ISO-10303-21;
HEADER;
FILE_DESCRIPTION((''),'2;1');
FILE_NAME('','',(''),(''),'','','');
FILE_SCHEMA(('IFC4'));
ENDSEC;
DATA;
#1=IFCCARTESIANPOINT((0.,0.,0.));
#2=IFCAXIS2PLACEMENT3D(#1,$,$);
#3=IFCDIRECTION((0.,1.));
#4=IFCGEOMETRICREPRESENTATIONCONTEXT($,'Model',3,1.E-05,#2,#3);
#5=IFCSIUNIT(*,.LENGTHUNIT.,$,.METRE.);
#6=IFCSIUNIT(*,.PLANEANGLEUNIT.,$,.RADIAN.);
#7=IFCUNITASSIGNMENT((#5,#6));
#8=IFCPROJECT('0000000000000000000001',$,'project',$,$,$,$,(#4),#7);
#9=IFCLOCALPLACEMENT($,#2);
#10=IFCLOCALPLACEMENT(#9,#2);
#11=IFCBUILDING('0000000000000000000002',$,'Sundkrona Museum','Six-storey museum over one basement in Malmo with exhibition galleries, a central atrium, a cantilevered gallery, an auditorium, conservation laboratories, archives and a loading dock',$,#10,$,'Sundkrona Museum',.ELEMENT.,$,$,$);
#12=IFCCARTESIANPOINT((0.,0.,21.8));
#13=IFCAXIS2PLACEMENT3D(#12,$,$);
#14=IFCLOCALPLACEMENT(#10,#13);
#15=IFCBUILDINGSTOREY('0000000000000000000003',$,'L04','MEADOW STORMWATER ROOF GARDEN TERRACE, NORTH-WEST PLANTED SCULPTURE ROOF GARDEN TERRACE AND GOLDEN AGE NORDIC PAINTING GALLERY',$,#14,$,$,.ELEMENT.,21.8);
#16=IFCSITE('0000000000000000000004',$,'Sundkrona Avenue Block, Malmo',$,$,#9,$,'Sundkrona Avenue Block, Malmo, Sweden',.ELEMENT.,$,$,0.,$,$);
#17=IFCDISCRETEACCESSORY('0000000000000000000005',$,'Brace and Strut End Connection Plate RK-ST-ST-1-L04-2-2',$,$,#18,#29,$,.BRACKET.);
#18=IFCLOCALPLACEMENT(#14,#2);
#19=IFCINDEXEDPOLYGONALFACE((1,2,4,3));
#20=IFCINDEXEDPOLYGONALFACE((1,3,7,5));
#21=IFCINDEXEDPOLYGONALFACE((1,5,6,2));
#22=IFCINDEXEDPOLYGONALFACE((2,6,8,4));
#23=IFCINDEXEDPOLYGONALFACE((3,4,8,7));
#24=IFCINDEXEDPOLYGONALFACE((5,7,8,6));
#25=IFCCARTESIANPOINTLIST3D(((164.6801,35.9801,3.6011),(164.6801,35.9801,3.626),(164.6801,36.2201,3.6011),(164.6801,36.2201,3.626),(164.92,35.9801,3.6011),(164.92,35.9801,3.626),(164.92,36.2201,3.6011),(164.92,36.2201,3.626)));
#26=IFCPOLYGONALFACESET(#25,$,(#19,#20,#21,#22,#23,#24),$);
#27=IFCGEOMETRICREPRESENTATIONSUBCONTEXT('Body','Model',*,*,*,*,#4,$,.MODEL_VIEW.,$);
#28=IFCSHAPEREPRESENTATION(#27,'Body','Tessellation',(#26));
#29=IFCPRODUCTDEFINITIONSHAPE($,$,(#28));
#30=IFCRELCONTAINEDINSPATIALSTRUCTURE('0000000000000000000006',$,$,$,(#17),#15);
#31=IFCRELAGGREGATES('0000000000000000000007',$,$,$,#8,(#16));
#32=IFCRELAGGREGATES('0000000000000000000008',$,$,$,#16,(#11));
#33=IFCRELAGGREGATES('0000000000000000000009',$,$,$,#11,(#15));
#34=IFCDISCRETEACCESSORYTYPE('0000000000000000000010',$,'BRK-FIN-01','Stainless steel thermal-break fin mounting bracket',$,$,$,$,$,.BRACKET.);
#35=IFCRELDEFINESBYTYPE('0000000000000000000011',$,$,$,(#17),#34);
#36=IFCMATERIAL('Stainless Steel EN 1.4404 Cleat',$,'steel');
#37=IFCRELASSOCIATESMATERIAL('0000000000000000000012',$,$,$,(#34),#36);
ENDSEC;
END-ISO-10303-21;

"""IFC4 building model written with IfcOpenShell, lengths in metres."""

from ifc_helpers import new_model, si_unit, direction, frame, origin, origin_2d, place, context, subcontext, project, spatial, rectangle, extrude, material, type_object, element, save


model = new_model("IFC4")

# Units and contexts
model_context = context("Model", 3, precision=1e-05, world=origin(), true_north=direction((0.0, 1.0)))
body_context = subcontext(model_context, "Body", "Model", "MODEL_VIEW")
ifc_project = project(units=[si_unit("LENGTHUNIT", "METRE"), si_unit("PLANEANGLEUNIT", "RADIAN")], contexts=[model_context])

# Site, building, storey
site_placement = place(None, origin())
site = spatial("IfcSite", under=ifc_project, at=site_placement, Name="Sundkrona Avenue Block, Malmo", LongName="Sundkrona Avenue Block, Malmo, Sweden", CompositionType="ELEMENT", RefElevation=0.0)
building_placement = place(site_placement, origin())
building = spatial("IfcBuilding", under=site, at=building_placement, Name="Sundkrona Museum", Description="Six-storey museum over one basement in Malmo with exhibition galleries, a central atrium, a cantilevered gallery, an auditorium, conservation laboratories, archives and a loading dock", LongName="Sundkrona Museum", CompositionType="ELEMENT")
storey_placement = place(building_placement, frame((0.0, 0.0, 21.8)))
storey = spatial("IfcBuildingStorey", under=building, at=storey_placement, Name="L04", Description="MEADOW STORMWATER ROOF GARDEN TERRACE, NORTH-WEST PLANTED SCULPTURE ROOF GARDEN TERRACE AND GOLDEN AGE NORDIC PAINTING GALLERY", CompositionType="ELEMENT", Elevation=21.8)

# Discrete accessory
ifc_material_1 = material(Name="Stainless Steel EN 1.4404 Cleat", Category="steel")
discrete_accessory_type = type_object("IfcDiscreteAccessoryType", Name="BRK-FIN-01", Description="Stainless steel thermal-break fin mounting bracket", PredefinedType="BRACKET", material=ifc_material_1)
for number, where, z_axis, x_axis, name in (
    (1, (164.8, 36.1001, 3.6011), (0.0, 0.0, 1.0), (1.0, 0.0, 0.0), "Brace and Strut End Connection Plate RK-ST-ST-1-L04-2-2"),
):
    element("IfcDiscreteAccessory", number, at=place(storey_placement, frame(where, z_axis=z_axis, x_axis=x_axis)), inside=storey, type_object=discrete_accessory_type, Name=name, PredefinedType="BRACKET", context=body_context, shape_type="SweptSolid", body=[
        extrude(rectangle(XDim=0.24, YDim=0.24, at=origin_2d()), origin(), (0.0, 0.0, 1.0), 0.0249),
    ])

save(model, "model.ifc")
